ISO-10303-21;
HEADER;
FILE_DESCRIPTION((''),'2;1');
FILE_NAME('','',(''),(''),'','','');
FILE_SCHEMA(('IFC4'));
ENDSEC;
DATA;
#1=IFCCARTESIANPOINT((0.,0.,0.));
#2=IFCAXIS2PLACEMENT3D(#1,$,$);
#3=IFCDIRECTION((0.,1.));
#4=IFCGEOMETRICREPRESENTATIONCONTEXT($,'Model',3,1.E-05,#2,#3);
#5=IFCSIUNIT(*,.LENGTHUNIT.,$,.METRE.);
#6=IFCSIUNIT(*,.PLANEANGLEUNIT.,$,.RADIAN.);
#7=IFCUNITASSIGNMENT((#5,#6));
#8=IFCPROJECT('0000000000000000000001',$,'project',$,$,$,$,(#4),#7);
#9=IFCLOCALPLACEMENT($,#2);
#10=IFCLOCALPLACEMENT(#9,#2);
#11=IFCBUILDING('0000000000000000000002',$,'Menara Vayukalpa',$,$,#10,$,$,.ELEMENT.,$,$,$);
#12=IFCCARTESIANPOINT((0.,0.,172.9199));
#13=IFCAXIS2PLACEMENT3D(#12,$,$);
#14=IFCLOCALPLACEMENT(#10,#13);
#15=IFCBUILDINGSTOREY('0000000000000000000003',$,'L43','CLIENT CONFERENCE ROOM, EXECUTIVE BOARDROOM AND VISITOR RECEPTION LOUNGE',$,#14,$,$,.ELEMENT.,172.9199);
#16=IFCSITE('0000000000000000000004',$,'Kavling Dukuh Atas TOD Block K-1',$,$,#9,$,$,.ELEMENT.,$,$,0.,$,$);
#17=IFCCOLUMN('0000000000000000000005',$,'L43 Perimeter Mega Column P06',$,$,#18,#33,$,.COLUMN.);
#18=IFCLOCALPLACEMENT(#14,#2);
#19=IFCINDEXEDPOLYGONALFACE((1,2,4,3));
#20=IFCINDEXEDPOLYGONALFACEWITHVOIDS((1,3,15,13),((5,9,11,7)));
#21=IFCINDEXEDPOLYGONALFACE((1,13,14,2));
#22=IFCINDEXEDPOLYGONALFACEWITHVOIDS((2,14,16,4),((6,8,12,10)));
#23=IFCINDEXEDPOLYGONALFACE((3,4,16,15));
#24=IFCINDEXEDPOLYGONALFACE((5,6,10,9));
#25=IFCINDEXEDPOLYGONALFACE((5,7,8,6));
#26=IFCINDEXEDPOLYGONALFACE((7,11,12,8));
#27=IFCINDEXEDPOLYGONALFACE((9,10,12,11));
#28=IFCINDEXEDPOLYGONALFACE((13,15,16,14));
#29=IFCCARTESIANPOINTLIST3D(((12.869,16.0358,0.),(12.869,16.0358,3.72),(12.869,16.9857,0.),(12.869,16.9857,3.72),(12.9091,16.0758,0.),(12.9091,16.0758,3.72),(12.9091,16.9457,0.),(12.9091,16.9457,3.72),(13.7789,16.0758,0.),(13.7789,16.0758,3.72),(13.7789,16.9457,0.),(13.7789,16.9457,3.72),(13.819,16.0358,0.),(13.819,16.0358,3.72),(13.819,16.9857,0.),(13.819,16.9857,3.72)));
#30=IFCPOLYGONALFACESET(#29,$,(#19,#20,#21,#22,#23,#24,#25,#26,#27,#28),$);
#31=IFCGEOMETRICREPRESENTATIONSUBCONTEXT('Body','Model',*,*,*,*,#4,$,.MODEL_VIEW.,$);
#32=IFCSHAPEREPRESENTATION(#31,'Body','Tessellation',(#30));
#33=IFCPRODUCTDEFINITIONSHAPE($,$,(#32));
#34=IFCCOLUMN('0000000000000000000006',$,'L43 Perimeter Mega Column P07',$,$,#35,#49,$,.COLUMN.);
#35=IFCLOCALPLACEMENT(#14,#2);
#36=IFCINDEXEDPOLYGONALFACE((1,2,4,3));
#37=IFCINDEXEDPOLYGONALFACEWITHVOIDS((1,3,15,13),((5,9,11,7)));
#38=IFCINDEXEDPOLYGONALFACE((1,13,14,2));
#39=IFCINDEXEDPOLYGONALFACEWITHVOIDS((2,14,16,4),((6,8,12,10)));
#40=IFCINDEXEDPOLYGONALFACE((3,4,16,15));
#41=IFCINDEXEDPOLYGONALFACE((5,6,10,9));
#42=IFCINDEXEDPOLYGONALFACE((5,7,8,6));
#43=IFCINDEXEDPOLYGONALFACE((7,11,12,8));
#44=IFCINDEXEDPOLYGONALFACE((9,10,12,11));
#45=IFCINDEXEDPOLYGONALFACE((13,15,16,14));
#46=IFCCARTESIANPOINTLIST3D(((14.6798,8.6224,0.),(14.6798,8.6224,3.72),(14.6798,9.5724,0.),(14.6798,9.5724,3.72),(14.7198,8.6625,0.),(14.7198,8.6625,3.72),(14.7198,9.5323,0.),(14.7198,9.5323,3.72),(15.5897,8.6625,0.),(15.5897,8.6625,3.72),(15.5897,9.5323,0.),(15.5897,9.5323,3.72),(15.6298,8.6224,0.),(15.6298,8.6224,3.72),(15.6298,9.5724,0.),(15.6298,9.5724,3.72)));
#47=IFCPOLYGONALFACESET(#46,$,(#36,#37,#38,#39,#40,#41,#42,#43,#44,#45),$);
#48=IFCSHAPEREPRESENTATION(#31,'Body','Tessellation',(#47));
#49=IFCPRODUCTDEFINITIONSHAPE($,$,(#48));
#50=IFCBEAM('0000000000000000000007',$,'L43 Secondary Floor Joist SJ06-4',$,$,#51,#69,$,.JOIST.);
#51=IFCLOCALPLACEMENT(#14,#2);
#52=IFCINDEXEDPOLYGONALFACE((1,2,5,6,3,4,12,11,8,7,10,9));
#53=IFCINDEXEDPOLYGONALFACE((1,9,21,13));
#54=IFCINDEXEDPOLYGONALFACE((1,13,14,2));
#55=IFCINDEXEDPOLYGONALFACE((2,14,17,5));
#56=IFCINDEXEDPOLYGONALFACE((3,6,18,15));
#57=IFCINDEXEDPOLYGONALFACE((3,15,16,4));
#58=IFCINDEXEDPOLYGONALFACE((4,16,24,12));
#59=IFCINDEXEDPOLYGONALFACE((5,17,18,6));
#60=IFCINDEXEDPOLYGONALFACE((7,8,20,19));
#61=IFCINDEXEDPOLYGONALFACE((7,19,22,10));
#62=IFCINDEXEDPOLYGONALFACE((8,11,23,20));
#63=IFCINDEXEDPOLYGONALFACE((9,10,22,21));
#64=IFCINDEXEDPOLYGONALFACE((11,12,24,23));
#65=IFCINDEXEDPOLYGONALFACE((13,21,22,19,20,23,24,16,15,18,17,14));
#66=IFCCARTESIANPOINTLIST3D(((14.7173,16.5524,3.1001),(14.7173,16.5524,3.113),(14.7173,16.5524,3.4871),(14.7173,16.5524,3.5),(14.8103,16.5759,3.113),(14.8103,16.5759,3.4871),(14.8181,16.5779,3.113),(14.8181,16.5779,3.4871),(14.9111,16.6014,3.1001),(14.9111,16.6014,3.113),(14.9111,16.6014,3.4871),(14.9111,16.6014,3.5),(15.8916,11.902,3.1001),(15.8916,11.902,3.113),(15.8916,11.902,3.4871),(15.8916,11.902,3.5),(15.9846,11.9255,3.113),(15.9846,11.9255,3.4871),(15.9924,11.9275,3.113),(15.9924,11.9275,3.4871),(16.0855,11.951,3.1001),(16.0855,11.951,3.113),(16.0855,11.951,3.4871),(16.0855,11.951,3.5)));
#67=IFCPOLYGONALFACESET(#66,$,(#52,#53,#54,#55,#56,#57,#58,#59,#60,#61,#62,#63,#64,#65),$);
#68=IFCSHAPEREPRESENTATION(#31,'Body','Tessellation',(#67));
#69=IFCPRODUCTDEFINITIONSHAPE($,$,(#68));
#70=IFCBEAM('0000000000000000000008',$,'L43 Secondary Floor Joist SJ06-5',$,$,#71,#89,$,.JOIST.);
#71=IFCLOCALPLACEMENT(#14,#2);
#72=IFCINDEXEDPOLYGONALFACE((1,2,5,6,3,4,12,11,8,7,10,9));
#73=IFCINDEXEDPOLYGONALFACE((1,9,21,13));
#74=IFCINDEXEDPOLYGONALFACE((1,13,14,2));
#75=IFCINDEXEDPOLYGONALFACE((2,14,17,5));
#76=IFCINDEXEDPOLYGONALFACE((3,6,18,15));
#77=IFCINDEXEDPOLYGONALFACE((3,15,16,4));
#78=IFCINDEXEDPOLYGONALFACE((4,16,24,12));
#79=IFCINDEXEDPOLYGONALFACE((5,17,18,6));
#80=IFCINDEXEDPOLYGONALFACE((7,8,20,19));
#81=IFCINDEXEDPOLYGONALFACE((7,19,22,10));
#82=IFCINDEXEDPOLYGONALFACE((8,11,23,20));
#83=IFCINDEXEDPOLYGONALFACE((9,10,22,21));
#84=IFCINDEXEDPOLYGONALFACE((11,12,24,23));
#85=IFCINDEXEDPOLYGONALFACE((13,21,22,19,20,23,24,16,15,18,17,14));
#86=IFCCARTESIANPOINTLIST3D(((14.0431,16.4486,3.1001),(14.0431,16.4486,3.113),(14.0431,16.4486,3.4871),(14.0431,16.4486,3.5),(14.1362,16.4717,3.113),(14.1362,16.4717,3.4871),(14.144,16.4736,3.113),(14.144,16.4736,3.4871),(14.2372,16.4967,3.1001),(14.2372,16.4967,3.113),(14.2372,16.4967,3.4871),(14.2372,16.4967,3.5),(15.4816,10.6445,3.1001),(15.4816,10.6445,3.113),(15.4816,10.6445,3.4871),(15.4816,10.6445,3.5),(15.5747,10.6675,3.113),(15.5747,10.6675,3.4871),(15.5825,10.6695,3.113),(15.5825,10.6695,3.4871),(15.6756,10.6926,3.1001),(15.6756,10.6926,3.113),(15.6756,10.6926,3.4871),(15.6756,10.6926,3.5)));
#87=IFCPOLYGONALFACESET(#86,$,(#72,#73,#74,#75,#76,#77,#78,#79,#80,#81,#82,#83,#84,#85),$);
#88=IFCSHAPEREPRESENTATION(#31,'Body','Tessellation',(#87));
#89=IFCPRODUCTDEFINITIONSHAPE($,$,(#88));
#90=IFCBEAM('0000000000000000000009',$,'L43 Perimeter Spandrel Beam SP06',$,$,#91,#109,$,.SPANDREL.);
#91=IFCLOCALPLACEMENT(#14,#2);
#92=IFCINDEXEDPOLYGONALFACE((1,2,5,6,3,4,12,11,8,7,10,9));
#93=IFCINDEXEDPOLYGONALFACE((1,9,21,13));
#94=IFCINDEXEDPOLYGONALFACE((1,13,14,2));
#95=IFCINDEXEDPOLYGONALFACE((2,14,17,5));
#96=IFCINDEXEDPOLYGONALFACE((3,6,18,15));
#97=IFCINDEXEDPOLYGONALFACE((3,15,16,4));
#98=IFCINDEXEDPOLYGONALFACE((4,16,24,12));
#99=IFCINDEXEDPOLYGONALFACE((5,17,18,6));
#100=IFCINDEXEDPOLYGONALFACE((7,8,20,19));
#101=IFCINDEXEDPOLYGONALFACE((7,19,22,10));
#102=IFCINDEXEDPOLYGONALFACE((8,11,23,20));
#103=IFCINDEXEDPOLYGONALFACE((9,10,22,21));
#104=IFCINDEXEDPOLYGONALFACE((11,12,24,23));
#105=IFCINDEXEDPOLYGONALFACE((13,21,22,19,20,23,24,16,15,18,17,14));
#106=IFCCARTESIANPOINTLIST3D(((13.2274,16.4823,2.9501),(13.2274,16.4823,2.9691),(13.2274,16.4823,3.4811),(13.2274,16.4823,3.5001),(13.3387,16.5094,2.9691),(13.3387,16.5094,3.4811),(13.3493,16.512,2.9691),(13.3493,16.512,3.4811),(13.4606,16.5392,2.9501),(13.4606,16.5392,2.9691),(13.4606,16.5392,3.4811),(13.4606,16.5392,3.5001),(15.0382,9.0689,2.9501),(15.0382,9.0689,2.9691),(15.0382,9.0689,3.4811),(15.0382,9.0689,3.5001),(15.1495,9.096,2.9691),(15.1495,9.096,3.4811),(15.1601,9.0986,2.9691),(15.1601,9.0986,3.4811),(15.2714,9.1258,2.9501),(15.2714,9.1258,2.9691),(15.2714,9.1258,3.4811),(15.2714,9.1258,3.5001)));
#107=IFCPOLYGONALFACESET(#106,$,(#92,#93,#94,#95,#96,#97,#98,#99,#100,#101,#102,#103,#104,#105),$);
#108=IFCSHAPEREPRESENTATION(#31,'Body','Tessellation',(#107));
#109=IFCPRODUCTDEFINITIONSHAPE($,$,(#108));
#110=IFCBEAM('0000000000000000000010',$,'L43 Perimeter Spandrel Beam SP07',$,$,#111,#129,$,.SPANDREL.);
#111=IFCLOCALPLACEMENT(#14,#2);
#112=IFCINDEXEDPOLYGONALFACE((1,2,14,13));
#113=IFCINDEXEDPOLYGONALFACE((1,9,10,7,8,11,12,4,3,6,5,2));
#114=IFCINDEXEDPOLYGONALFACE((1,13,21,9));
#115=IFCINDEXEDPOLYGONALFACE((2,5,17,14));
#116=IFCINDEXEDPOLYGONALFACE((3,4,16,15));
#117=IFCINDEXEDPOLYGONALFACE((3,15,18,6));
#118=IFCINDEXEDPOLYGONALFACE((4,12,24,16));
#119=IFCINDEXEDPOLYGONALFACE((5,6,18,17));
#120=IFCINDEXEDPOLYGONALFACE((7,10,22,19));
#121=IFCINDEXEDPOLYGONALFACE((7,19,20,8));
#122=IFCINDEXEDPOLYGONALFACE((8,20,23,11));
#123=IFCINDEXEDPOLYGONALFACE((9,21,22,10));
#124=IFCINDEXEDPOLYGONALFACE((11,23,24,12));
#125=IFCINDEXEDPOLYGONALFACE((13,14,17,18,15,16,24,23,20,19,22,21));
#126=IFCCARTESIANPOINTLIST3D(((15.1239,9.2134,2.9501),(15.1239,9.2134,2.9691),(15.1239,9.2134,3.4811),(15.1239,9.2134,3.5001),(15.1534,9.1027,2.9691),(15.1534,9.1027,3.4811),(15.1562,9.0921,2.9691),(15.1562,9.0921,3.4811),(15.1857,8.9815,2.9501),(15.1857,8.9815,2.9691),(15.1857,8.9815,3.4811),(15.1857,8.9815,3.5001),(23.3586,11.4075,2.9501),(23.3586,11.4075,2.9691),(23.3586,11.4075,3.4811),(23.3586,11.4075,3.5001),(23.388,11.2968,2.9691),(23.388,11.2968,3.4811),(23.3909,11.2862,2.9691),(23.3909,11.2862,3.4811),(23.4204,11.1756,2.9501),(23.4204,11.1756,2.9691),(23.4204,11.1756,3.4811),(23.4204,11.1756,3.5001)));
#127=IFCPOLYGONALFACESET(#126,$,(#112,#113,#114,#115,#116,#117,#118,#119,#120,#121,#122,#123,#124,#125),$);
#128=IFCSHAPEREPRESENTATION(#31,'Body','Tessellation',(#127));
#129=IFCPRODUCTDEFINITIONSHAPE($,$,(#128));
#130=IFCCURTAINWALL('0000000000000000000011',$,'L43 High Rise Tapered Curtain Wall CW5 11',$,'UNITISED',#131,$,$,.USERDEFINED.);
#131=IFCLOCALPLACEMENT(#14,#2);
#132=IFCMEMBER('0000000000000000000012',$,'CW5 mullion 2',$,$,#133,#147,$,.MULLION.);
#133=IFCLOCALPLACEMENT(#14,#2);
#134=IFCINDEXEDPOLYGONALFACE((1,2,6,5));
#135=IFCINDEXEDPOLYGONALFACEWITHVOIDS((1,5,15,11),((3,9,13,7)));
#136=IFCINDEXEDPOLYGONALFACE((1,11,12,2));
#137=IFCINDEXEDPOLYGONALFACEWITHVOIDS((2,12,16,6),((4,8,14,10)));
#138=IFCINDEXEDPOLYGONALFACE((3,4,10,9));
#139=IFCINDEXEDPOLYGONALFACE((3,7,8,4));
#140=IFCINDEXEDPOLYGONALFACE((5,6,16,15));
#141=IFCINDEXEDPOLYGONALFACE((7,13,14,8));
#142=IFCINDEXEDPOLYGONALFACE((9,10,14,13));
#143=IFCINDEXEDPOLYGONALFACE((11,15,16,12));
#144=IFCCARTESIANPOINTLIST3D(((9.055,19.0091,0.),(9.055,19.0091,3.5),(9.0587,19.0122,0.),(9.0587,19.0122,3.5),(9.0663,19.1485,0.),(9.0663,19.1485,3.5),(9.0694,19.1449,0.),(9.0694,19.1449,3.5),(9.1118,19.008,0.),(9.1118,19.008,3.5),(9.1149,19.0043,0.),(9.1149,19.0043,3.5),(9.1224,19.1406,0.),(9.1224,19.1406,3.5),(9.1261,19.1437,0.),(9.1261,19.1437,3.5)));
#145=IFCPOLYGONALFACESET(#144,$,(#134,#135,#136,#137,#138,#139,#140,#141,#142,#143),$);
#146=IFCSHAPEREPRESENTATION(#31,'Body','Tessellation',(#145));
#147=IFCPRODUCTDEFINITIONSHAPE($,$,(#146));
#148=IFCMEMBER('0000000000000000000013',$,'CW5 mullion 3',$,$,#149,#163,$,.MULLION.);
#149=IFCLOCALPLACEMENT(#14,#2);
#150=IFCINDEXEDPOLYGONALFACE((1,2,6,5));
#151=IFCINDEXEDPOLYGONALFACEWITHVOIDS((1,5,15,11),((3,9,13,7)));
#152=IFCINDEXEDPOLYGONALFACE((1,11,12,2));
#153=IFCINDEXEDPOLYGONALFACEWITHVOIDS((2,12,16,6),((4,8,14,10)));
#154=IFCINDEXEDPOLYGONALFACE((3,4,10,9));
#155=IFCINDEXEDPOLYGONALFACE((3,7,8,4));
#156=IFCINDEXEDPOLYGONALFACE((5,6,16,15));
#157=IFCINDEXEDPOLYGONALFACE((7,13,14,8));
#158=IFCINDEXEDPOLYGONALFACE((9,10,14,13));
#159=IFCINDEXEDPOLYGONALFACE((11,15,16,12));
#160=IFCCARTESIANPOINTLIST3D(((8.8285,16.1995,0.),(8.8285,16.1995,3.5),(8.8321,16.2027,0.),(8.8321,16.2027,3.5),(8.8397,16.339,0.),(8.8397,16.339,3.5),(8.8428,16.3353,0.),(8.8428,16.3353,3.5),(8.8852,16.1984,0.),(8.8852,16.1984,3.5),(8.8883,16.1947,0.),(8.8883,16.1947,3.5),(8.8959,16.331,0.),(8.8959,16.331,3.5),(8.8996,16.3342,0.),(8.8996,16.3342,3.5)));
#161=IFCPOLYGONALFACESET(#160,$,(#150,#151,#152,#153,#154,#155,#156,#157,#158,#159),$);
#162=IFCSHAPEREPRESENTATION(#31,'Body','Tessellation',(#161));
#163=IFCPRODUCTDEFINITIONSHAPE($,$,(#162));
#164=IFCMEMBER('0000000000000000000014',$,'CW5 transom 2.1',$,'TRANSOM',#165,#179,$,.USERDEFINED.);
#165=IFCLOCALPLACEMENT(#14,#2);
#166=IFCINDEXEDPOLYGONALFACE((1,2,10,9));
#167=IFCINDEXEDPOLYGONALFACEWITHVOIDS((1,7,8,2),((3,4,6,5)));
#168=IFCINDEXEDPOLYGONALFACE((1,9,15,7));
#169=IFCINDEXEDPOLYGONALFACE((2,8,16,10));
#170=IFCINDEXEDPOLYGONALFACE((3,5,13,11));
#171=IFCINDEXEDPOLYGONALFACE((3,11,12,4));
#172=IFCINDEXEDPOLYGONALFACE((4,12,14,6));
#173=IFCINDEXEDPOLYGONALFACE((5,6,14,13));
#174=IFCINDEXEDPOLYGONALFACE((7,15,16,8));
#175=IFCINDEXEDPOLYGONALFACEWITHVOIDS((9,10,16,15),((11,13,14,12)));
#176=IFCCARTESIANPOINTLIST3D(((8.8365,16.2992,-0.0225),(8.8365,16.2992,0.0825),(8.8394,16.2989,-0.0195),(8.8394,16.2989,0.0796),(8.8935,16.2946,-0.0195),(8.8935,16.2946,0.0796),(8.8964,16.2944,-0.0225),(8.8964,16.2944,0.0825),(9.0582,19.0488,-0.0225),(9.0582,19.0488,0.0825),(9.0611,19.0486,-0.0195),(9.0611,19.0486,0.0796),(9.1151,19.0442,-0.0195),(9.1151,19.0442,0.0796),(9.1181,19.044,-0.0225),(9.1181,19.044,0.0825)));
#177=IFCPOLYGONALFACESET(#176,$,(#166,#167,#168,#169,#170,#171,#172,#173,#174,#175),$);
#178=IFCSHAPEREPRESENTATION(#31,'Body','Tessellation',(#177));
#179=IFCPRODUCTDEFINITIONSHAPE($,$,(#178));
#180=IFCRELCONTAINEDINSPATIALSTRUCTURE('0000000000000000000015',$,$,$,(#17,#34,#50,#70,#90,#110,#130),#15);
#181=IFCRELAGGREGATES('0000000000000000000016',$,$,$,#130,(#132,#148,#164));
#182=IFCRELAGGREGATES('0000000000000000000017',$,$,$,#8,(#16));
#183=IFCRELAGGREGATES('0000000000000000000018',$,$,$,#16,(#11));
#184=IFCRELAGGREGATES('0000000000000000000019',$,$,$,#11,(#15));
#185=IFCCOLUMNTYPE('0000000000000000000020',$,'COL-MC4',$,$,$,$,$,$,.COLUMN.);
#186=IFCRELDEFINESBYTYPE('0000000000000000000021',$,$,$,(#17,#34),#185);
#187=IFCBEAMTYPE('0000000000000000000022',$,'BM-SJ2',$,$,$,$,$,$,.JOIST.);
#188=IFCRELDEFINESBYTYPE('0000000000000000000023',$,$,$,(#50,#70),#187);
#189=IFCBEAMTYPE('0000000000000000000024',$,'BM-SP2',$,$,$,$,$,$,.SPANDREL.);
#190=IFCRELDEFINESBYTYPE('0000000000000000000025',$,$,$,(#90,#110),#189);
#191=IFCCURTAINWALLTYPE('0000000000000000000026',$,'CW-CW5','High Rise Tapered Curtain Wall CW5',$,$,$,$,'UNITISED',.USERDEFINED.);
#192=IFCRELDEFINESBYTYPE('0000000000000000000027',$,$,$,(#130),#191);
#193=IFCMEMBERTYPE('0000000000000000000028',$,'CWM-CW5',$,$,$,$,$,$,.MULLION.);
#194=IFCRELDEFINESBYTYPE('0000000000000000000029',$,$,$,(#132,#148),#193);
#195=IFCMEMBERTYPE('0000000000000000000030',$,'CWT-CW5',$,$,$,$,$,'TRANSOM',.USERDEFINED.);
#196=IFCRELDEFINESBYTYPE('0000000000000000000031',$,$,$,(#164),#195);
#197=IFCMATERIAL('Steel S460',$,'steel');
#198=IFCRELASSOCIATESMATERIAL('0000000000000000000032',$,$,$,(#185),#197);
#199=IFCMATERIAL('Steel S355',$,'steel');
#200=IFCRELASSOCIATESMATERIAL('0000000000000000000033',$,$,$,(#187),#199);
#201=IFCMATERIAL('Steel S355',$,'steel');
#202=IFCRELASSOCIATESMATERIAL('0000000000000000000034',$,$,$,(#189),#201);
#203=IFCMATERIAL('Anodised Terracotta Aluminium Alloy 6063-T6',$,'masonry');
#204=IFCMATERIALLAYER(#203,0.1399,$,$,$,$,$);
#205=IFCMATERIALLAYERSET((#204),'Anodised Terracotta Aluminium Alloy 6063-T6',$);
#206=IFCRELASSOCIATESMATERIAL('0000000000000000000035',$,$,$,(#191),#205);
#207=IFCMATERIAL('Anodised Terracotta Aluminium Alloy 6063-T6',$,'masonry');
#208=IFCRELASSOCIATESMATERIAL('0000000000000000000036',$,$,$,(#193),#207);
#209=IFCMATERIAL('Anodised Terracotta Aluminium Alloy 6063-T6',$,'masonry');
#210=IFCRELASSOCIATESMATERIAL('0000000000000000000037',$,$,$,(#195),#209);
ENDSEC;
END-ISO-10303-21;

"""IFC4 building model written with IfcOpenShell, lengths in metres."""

from ifc_helpers import new_model, si_unit, direction, frame, origin, origin_2d, place, context, subcontext, project, spatial, hollow_rectangle, i_section, extrude, material, layer, layer_set, material_profile, profile_set, type_object, element, aggregate, save


model = new_model("IFC4")

# Units and contexts
model_context = context("Model", 3, precision=1e-05, world=origin(), true_north=direction((0.0, 1.0)))
body_context = subcontext(model_context, "Body", "Model", "MODEL_VIEW")
ifc_project = project(units=[si_unit("LENGTHUNIT", "METRE"), si_unit("PLANEANGLEUNIT", "RADIAN")], contexts=[model_context])

# Site, building, storey
site_placement = place(None, origin())
site = spatial("IfcSite", under=ifc_project, at=site_placement, Name="Kavling Dukuh Atas TOD Block K-1", CompositionType="ELEMENT", RefElevation=0.0)
building_placement = place(site_placement, origin())
building = spatial("IfcBuilding", under=site, at=building_placement, Name="Menara Vayukalpa", CompositionType="ELEMENT")
storey_placement = place(building_placement, frame((0.0, 0.0, 172.9199)))
storey = spatial("IfcBuildingStorey", under=building, at=storey_placement, Name="L43", Description="CLIENT CONFERENCE ROOM, EXECUTIVE BOARDROOM AND VISITOR RECEPTION LOUNGE", CompositionType="ELEMENT", Elevation=172.9199)

# Columns
ifc_material_1 = material(Name="Steel S460", Category="steel")
ifc_material_profile_1 = material_profile(ifc_material_1, hollow_rectangle(XDim=0.95, YDim=0.95, WallThickness=0.04, at=origin_2d()), Name="BOX 950x950x40")
ifc_profile_set_1 = profile_set([ifc_material_profile_1], Name="Steel S460")
column_type = type_object("IfcColumnType", Name="COL-MC4", PredefinedType="COLUMN", material=ifc_profile_set_1)
for number, where, z_axis, x_axis, name in (
    (1, (13.344, 16.5107, 0.0), (0.0, 0.0, 1.0), (1.0, 0.0, 0.0), "L43 Perimeter Mega Column P06"),
    (2, (15.1548, 9.0974, 0.0), (0.0, 0.0, 1.0), (1.0, 0.0, 0.0), "L43 Perimeter Mega Column P07"),
):
    element("IfcColumn", number, at=place(storey_placement, frame(where, z_axis=z_axis, x_axis=x_axis)), inside=storey, type_object=column_type, Name=name, PredefinedType="COLUMN", context=body_context, shape_type="SweptSolid", body=[
        extrude(hollow_rectangle(XDim=0.95, YDim=0.95, WallThickness=0.04, at=origin_2d()), origin(), (0.0, 0.0, 1.0), 3.72),
    ])

# Beams
ifc_material_2 = material(Name="Steel S355", Category="steel")
ifc_material_profile_2 = material_profile(ifc_material_2, i_section(OverallWidth=0.2, OverallDepth=0.3999, WebThickness=0.0081, FlangeThickness=0.0129, at=origin_2d()), Name="WF 400x200x8x13")
ifc_profile_set_2 = profile_set([ifc_material_profile_2], Name="Steel S355")
beam_type_1 = type_object("IfcBeamType", Name="BM-SJ2", PredefinedType="JOIST", material=ifc_profile_set_2)
beam_1_placement = place(storey_placement, frame((14.8142, 16.5769, 3.3), z_axis=(0.244834, -0.969565, 0.0), x_axis=(0.969565, 0.244834, 0.0)))
element("IfcBeam", 3, at=beam_1_placement, inside=storey, type_object=beam_type_1, Name="L43 Secondary Floor Joist SJ06-4", PredefinedType="JOIST", context=body_context, shape_type="SweptSolid", body=[
    extrude(i_section(OverallWidth=0.2, OverallDepth=0.3999, WebThickness=0.0081, FlangeThickness=0.0129, at=origin_2d()), origin(), (0.0, 0.0, 1.0), 4.7964),
])
beam_2_placement = place(storey_placement, frame((14.1401, 16.4727, 3.3), z_axis=(0.240556, -0.970635, 0.0), x_axis=(0.970635, 0.240556, 0.0)))
element("IfcBeam", 4, at=beam_2_placement, inside=storey, type_object=beam_type_1, Name="L43 Secondary Floor Joist SJ06-5", PredefinedType="JOIST", context=body_context, shape_type="SweptSolid", body=[
    extrude(i_section(OverallWidth=0.2, OverallDepth=0.3999, WebThickness=0.0081, FlangeThickness=0.0129, at=origin_2d()), origin(), (0.0, 0.0, 1.0), 5.9797),
])
ifc_material_3 = material(Name="Steel S355", Category="steel")
ifc_material_profile_3 = material_profile(ifc_material_3, i_section(OverallWidth=0.24, OverallDepth=0.55, WebThickness=0.011, FlangeThickness=0.019, at=origin_2d()), Name="WF 550x240x11x19")
ifc_profile_set_3 = profile_set([ifc_material_profile_3], Name="Steel S355")
beam_type_2 = type_object("IfcBeamType", Name="BM-SP2", PredefinedType="SPANDREL", material=ifc_profile_set_3)
beam_3_placement = place(storey_placement, frame((13.344, 16.5107, 3.2251), z_axis=(0.237285, -0.97144, 0.0), x_axis=(0.97144, 0.237285, 0.0)))
element("IfcBeam", 5, at=beam_3_placement, inside=storey, type_object=beam_type_2, Name="L43 Perimeter Spandrel Beam SP06", PredefinedType="SPANDREL", context=body_context, shape_type="SweptSolid", body=[
    extrude(i_section(OverallWidth=0.24, OverallDepth=0.55, WebThickness=0.011, FlangeThickness=0.019, at=origin_2d()), origin(), (0.0, 0.0, 1.0), 7.6313),
])
beam_4_placement = place(storey_placement, frame((15.1548, 9.0974, 3.2251), z_axis=(0.966288, 0.257465, 0.0), x_axis=(-0.257465, 0.966288, 0.0)))
element("IfcBeam", 6, at=beam_4_placement, inside=storey, type_object=beam_type_2, Name="L43 Perimeter Spandrel Beam SP07", PredefinedType="SPANDREL", context=body_context, shape_type="SweptSolid", body=[
    extrude(i_section(OverallWidth=0.24, OverallDepth=0.55, WebThickness=0.011, FlangeThickness=0.019, at=origin_2d()), origin(), (0.0, 0.0, 1.0), 8.522),
])

# Curtain wall, members
ifc_material_4 = material(Name="Anodised Terracotta Aluminium Alloy 6063-T6", Category="masonry")
ifc_layer_1 = layer(ifc_material_4, 0.1399)
ifc_layer_set_1 = layer_set([ifc_layer_1], Name="Anodised Terracotta Aluminium Alloy 6063-T6")
curtain_wall_type = type_object("IfcCurtainWallType", Name="CW-CW5", Description="High Rise Tapered Curtain Wall CW5", ElementType="UNITISED", PredefinedType="USERDEFINED", material=ifc_layer_set_1)
curtain_wall_placement = place(storey_placement, origin())
curtain_wall = element("IfcCurtainWall", 7, at=curtain_wall_placement, inside=storey, type_object=curtain_wall_type, Name="L43 High Rise Tapered Curtain Wall CW5 11", ObjectType="UNITISED", PredefinedType="USERDEFINED")
ifc_material_5 = material(Name="Anodised Terracotta Aluminium Alloy 6063-T6", Category="masonry")
ifc_material_profile_4 = material_profile(ifc_material_5, hollow_rectangle(XDim=0.0601, YDim=0.1399, WallThickness=0.0034, at=origin_2d()), Name="ALU 60x140x3.5")
ifc_profile_set_4 = profile_set([ifc_material_profile_4], Name="Anodised Terracotta Aluminium Alloy 6063-T6")
member_type_1 = type_object("IfcMemberType", Name="CWM-CW5", PredefinedType="MULLION", material=ifc_profile_set_4)
member_1_placement = place(storey_placement, frame((9.0906, 19.0764, 0.0), z_axis=(0.0, 0.0, 1.0), x_axis=(0.996765, -0.080374, 0.0)))
member_1 = element("IfcMember", 8, at=member_1_placement, type_object=member_type_1, Name="CW5 mullion 2", PredefinedType="MULLION", context=body_context, shape_type="SweptSolid", body=[
    extrude(hollow_rectangle(XDim=0.0601, YDim=0.1399, WallThickness=0.0034, at=origin_2d()), origin(), (0.0, 0.0, 1.0), 3.5),
])
member_2_placement = place(storey_placement, frame((8.864, 16.2668, 0.0), z_axis=(0.0, 0.0, 1.0), x_axis=(0.996765, -0.080374, 0.0)))
member_2 = element("IfcMember", 9, at=member_2_placement, type_object=member_type_1, Name="CW5 mullion 3", PredefinedType="MULLION", context=body_context, shape_type="SweptSolid", body=[
    extrude(hollow_rectangle(XDim=0.0601, YDim=0.1399, WallThickness=0.0034, at=origin_2d()), origin(), (0.0, 0.0, 1.0), 3.5),
])
ifc_material_6 = material(Name="Anodised Terracotta Aluminium Alloy 6063-T6", Category="masonry")
ifc_material_profile_5 = material_profile(ifc_material_6, hollow_rectangle(XDim=0.0601, YDim=0.105, WallThickness=0.0029, at=origin_2d()), Name="ALU 60x105x3")
ifc_profile_set_5 = profile_set([ifc_material_profile_5], Name="Anodised Terracotta Aluminium Alloy 6063-T6")
member_type_2 = type_object("IfcMemberType", Name="CWT-CW5", ElementType="TRANSOM", PredefinedType="USERDEFINED", material=ifc_profile_set_5)
member_3_placement = place(storey_placement, frame((9.0881, 19.0464, 0.03), z_axis=(-0.080364, -0.996766, 0.0), x_axis=(0.996766, -0.080364, 0.0)))
member_3 = element("IfcMember", 10, at=member_3_placement, type_object=member_type_2, Name="CW5 transom 2.1", ObjectType="TRANSOM", PredefinedType="USERDEFINED", context=body_context, shape_type="SweptSolid", body=[
    extrude(hollow_rectangle(XDim=0.0601, YDim=0.105, WallThickness=0.0029, at=origin_2d()), origin(), (0.0, 0.0, 1.0), 2.7585),
])
aggregate(curtain_wall, [member_1, member_2, member_3])

save(model, "model.ifc")
